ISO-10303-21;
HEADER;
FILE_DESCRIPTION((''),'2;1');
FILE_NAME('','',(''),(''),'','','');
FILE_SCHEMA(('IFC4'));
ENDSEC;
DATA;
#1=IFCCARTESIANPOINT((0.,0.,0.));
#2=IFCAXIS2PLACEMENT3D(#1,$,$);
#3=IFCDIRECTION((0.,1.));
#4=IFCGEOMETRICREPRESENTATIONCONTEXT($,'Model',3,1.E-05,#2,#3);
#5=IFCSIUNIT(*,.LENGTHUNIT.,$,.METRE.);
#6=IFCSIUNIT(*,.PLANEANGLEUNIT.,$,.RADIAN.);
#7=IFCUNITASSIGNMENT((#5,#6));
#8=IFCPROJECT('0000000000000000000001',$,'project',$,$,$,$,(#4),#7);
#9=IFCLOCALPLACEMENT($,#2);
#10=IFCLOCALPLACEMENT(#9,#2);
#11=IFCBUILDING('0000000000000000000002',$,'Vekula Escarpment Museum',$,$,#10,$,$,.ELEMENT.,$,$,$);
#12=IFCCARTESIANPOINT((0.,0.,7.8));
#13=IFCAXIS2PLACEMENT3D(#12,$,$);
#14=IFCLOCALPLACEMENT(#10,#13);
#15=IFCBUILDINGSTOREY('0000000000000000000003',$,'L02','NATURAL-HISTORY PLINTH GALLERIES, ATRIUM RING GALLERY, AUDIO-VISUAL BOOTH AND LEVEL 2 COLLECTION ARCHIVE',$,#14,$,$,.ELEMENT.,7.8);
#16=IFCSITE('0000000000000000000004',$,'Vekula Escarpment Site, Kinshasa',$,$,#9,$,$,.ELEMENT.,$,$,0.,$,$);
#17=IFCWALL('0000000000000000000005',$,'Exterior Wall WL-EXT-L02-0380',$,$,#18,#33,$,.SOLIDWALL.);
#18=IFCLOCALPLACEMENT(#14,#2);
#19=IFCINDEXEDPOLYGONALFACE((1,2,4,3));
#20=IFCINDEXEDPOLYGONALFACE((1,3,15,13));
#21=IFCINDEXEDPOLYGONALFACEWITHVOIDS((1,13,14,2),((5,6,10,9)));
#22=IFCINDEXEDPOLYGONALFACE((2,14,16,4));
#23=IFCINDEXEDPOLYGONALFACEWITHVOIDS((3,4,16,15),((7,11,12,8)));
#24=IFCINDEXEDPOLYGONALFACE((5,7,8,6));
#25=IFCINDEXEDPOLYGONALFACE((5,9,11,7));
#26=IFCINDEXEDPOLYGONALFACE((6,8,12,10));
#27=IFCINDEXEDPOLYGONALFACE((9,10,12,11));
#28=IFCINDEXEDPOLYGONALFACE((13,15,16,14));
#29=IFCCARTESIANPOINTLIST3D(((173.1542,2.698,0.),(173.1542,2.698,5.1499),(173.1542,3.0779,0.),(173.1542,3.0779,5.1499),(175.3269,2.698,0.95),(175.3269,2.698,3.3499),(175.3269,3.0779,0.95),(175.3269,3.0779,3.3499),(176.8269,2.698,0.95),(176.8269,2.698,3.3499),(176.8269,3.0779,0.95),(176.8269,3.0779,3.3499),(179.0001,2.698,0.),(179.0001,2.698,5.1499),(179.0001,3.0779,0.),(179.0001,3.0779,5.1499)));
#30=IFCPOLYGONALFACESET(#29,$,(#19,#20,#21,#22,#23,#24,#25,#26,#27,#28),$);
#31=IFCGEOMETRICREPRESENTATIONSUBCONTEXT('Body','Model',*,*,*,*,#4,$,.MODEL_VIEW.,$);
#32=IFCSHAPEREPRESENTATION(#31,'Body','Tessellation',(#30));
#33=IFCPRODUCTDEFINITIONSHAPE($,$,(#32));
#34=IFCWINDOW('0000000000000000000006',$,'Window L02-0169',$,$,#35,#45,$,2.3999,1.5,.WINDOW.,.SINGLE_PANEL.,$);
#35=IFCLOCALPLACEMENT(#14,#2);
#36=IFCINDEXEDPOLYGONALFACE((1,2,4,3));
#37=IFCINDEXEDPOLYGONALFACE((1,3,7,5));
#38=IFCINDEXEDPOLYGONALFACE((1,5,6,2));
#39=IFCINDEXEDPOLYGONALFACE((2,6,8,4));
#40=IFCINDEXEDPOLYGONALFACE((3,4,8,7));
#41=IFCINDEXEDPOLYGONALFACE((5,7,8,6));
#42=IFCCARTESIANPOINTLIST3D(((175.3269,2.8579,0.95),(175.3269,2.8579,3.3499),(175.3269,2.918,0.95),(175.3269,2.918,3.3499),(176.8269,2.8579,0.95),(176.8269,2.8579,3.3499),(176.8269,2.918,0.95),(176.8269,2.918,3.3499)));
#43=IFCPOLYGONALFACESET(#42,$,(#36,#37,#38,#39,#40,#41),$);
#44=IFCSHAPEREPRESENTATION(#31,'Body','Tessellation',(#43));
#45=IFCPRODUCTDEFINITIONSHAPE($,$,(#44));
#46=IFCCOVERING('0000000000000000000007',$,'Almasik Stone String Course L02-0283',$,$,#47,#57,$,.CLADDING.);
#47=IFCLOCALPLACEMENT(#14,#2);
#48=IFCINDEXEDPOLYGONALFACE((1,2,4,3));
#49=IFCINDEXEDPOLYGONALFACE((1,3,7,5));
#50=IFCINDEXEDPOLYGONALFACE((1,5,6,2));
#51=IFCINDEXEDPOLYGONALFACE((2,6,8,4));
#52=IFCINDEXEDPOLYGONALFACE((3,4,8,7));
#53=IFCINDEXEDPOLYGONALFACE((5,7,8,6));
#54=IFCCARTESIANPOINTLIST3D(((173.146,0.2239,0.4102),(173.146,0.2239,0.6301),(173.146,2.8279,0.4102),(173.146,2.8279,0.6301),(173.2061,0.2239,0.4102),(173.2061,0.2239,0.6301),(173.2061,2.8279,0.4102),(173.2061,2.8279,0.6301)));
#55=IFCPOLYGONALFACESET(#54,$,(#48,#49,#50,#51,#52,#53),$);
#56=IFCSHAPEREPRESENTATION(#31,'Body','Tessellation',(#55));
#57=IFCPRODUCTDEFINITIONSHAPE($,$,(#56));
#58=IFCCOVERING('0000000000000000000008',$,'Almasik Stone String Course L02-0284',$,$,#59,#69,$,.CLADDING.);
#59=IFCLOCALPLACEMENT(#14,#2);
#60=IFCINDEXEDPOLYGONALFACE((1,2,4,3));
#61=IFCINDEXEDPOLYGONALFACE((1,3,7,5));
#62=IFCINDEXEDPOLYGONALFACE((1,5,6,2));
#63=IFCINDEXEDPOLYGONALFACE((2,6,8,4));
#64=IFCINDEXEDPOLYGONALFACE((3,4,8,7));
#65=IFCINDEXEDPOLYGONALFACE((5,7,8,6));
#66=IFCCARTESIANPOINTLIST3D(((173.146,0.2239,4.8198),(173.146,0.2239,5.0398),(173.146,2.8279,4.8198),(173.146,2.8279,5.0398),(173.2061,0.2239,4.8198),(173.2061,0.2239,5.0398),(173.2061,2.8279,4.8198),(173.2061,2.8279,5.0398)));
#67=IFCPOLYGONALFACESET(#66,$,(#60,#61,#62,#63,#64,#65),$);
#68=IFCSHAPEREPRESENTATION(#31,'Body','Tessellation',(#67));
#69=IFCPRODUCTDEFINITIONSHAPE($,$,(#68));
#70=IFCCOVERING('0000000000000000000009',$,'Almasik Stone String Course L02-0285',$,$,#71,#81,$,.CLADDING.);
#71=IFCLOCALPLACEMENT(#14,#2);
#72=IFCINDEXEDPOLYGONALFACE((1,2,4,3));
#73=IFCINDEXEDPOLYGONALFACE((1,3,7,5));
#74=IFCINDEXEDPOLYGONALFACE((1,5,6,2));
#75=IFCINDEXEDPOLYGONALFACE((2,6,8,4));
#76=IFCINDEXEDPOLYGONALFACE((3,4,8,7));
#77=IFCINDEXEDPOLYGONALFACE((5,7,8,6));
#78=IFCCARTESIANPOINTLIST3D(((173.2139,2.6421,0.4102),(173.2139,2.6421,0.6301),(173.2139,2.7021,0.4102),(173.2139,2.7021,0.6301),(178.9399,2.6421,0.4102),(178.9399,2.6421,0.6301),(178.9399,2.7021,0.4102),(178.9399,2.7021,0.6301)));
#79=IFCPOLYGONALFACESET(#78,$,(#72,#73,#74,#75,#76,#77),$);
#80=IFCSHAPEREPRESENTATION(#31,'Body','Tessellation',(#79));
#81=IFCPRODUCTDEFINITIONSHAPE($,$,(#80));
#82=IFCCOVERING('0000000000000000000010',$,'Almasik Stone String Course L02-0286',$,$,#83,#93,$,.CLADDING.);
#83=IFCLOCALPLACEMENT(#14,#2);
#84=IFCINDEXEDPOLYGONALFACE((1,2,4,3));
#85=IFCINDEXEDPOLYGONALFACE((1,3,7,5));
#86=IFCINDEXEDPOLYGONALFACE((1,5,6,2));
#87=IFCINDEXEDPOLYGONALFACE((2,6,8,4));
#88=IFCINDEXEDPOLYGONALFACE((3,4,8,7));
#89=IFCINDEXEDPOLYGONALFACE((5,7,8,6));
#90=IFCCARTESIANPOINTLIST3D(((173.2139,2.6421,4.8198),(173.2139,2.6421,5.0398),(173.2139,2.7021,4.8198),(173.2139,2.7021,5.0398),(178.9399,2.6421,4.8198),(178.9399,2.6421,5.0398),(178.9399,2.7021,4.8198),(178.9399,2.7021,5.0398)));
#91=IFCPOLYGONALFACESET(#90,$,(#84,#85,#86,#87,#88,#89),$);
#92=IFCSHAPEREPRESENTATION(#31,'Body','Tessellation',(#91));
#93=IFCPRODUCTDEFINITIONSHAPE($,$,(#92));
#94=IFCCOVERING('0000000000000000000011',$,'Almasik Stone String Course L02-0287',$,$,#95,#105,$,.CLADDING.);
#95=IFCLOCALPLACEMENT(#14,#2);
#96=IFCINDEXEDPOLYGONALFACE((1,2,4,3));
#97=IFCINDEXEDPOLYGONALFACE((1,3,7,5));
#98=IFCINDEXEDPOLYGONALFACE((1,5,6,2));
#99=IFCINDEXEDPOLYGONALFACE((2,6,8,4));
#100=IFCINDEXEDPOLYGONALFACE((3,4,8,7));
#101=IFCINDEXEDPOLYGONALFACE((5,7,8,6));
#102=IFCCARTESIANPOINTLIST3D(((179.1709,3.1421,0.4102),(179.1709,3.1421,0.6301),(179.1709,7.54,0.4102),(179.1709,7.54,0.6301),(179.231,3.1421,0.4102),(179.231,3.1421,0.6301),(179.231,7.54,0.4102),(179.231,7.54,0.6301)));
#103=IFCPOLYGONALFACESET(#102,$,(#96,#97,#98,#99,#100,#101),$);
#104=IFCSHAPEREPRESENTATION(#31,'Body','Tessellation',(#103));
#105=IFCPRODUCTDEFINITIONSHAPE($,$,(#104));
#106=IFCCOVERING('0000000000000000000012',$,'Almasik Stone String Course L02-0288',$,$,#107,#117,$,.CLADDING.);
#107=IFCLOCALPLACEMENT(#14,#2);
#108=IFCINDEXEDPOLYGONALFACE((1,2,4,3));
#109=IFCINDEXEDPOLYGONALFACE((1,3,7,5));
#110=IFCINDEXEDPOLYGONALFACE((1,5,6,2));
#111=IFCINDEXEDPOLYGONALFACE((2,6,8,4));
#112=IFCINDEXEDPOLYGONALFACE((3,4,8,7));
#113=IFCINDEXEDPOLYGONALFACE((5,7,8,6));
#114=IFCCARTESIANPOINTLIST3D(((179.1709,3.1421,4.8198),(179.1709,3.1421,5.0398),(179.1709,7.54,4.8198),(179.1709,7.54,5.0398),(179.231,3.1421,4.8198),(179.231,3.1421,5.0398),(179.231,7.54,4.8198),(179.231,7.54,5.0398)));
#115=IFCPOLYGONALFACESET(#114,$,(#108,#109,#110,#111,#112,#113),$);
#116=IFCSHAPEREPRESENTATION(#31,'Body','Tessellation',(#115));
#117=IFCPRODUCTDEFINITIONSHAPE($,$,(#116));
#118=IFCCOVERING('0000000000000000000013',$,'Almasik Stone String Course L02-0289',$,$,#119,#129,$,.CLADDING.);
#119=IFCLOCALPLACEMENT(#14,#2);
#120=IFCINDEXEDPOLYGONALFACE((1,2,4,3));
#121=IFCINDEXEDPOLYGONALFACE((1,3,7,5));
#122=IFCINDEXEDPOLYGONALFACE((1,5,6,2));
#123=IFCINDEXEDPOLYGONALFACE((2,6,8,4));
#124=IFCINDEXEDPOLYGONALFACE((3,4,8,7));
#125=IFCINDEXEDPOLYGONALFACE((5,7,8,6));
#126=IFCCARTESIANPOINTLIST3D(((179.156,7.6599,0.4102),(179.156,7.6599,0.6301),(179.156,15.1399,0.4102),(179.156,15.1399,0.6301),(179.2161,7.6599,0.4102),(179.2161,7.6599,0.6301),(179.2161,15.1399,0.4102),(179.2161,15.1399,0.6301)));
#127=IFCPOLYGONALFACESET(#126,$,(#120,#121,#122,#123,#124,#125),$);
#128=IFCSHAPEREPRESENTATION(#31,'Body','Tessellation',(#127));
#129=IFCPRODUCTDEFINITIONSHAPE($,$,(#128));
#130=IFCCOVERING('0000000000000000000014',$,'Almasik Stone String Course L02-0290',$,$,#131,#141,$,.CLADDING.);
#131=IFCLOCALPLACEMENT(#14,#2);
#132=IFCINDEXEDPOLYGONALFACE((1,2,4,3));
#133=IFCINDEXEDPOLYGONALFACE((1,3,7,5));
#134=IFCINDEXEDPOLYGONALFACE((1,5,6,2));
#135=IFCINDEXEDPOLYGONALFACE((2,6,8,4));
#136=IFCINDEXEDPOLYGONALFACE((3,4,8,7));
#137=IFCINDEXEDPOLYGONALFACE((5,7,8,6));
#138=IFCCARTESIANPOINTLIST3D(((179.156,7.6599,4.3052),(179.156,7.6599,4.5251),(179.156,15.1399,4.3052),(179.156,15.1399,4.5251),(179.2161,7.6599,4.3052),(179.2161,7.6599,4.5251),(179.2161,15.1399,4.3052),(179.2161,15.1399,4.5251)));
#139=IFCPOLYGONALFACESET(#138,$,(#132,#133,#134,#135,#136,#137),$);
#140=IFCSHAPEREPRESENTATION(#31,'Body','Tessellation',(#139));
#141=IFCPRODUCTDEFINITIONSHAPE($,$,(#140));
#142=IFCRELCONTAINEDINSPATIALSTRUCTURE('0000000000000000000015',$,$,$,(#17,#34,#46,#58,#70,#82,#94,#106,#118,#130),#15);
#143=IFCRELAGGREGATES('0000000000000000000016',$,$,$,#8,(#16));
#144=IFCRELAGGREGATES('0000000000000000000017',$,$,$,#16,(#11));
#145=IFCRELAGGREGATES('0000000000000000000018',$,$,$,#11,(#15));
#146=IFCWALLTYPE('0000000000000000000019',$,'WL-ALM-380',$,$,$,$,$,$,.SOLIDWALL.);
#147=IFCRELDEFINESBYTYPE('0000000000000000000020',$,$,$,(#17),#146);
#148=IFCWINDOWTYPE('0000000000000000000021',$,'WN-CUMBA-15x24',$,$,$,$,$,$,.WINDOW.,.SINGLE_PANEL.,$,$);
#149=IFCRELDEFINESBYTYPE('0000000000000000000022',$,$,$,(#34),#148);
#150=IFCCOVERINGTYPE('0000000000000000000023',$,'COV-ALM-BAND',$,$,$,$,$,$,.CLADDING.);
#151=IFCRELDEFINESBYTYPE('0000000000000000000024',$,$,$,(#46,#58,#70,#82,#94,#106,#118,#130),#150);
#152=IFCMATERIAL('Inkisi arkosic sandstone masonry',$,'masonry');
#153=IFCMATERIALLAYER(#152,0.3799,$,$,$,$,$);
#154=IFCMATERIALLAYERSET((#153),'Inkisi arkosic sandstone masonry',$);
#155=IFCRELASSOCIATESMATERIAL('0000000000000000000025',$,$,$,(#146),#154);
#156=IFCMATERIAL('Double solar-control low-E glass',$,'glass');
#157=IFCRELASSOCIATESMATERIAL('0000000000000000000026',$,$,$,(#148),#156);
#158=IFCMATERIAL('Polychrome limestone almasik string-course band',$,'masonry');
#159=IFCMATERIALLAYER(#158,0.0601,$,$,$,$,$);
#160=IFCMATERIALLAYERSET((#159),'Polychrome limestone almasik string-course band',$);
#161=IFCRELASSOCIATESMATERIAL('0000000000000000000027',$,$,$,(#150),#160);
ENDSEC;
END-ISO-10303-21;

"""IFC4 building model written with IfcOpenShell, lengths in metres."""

from ifc_helpers import new_model, si_unit, direction, frame, frame_2d, origin, origin_2d, place, context, subcontext, project, spatial, rectangle, extrude, material, layer, layer_set, type_object, element, fill, save


model = new_model("IFC4")

# Units and contexts
model_context = context("Model", 3, precision=1e-05, world=origin(), true_north=direction((0.0, 1.0)))
body_context = subcontext(model_context, "Body", "Model", "MODEL_VIEW")
ifc_project = project(units=[si_unit("LENGTHUNIT", "METRE"), si_unit("PLANEANGLEUNIT", "RADIAN")], contexts=[model_context])

# Site, building, storey
site_placement = place(None, origin())
site = spatial("IfcSite", under=ifc_project, at=site_placement, Name="Vekula Escarpment Site, Kinshasa", CompositionType="ELEMENT", RefElevation=0.0)
building_placement = place(site_placement, origin())
building = spatial("IfcBuilding", under=site, at=building_placement, Name="Vekula Escarpment Museum", CompositionType="ELEMENT")
storey_placement = place(building_placement, frame((0.0, 0.0, 7.8)))
storey = spatial("IfcBuildingStorey", under=building, at=storey_placement, Name="L02", Description="NATURAL-HISTORY PLINTH GALLERIES, ATRIUM RING GALLERY, AUDIO-VISUAL BOOTH AND LEVEL 2 COLLECTION ARCHIVE", CompositionType="ELEMENT", Elevation=7.8)

# Wall, opening, window
ifc_material_1 = material(Name="Inkisi arkosic sandstone masonry", Category="masonry")
ifc_layer_1 = layer(ifc_material_1, 0.3799)
ifc_layer_set_1 = layer_set([ifc_layer_1], Name="Inkisi arkosic sandstone masonry")
wall_type_1 = type_object("IfcWallType", Name="WL-ALM-380", PredefinedType="SOLIDWALL", material=ifc_layer_set_1)
wall_1_placement = place(storey_placement, frame((179.0, 2.8879, 0.0), z_axis=(0.0, 0.0, 1.0), x_axis=(-1.0, 0.0, 0.0)))
wall_1 = element("IfcWall", 1, at=wall_1_placement, inside=storey, type_object=wall_type_1, Name="Exterior Wall WL-EXT-L02-0380", PredefinedType="SOLIDWALL", context=body_context, shape_type="SweptSolid", body=[
    extrude(rectangle(XDim=5.8459, YDim=0.3799, at=frame_2d((2.9229, 0.0))), origin(), (0.0, 0.0, 1.0), 5.1499),
])
opening_1_placement = place(wall_1_placement, frame((2.1731, 0.0, 0.95)))
opening_1 = element("IfcOpeningElement", 2, at=opening_1_placement, cuts=wall_1, PredefinedType="OPENING", context=body_context, shape_type="SweptSolid", body=[
    extrude(rectangle(XDim=1.5, YDim=2.3999, at=frame_2d((0.75, 1.2))), frame((0.0, 0.2, 0.0), z_axis=(0.0, -1.0, 0.0), x_axis=(1.0, 0.0, 0.0)), (0.0, 0.0, 1.0), 0.3999),
])
ifc_material_2 = material(Name="Double solar-control low-E glass", Category="glass")
window_type_1 = type_object("IfcWindowType", Name="WN-CUMBA-15x24", PartitioningType="SINGLE_PANEL", PredefinedType="WINDOW", material=ifc_material_2)
window_1_placement = place(opening_1_placement, origin())
window_1 = element("IfcWindow", 3, at=window_1_placement, inside=storey, type_object=window_type_1, Name="Window L02-0169", OverallHeight=2.3999, OverallWidth=1.5, PartitioningType="SINGLE_PANEL", PredefinedType="WINDOW", context=body_context, shape_type="SweptSolid", body=[
    extrude(rectangle(XDim=1.5, YDim=2.3999, at=frame_2d((0.75, 1.2))), frame((0.0, 0.03, 0.0), z_axis=(0.0, -1.0, 0.0), x_axis=(1.0, 0.0, 0.0)), (0.0, 0.0, 1.0), 0.0601),
])
fill(opening_1, window_1)

# Coverings
ifc_material_3 = material(Name="Polychrome limestone almasik string-course band", Category="masonry")
ifc_layer_2 = layer(ifc_material_3, 0.0601)
ifc_layer_set_2 = layer_set([ifc_layer_2], Name="Polychrome limestone almasik string-course band")
covering_type = type_object("IfcCoveringType", Name="COV-ALM-BAND", PredefinedType="CLADDING", material=ifc_layer_set_2)
for number, where, z_axis, x_axis, name in (
    (4, (173.176, 1.5259, 0.4102), (0.0, 0.0, 1.0), (0.0, 1.0, 0.0), "Almasik Stone String Course L02-0283"),
    (5, (173.176, 1.5259, 4.8198), (0.0, 0.0, 1.0), (0.0, 1.0, 0.0), "Almasik Stone String Course L02-0284"),
):
    element("IfcCovering", number, at=place(storey_placement, frame(where, z_axis=z_axis, x_axis=x_axis)), inside=storey, type_object=covering_type, Name=name, PredefinedType="CLADDING", context=body_context, shape_type="SweptSolid", body=[
        extrude(rectangle(XDim=2.604, YDim=0.0601, at=origin_2d()), origin(), (0.0, 0.0, 1.0), 0.22),
    ])
for number, where, z_axis, x_axis, name in (
    (6, (176.0769, 2.6721, 0.4102), (0.0, 0.0, 1.0), (1.0, 0.0, 0.0), "Almasik Stone String Course L02-0285"),
    (7, (176.0769, 2.6721, 4.8198), (0.0, 0.0, 1.0), (1.0, 0.0, 0.0), "Almasik Stone String Course L02-0286"),
):
    element("IfcCovering", number, at=place(storey_placement, frame(where, z_axis=z_axis, x_axis=x_axis)), inside=storey, type_object=covering_type, Name=name, PredefinedType="CLADDING", context=body_context, shape_type="SweptSolid", body=[
        extrude(rectangle(XDim=5.7261, YDim=0.0601, at=origin_2d()), origin(), (0.0, 0.0, 1.0), 0.22),
    ])
for number, where, z_axis, x_axis, name in (
    (8, (179.2009, 5.3411, 0.4102), (0.0, 0.0, 1.0), (0.0, 1.0, 0.0), "Almasik Stone String Course L02-0287"),
    (9, (179.2009, 5.3411, 4.8198), (0.0, 0.0, 1.0), (0.0, 1.0, 0.0), "Almasik Stone String Course L02-0288"),
):
    element("IfcCovering", number, at=place(storey_placement, frame(where, z_axis=z_axis, x_axis=x_axis)), inside=storey, type_object=covering_type, Name=name, PredefinedType="CLADDING", context=body_context, shape_type="SweptSolid", body=[
        extrude(rectangle(XDim=4.3979, YDim=0.0601, at=origin_2d()), origin(), (0.0, 0.0, 1.0), 0.22),
    ])
for number, where, z_axis, x_axis, name in (
    (10, (179.186, 11.3999, 0.4102), (0.0, 0.0, 1.0), (0.0, 1.0, 0.0), "Almasik Stone String Course L02-0289"),
    (11, (179.186, 11.3999, 4.3052), (0.0, 0.0, 1.0), (0.0, 1.0, 0.0), "Almasik Stone String Course L02-0290"),
):
    element("IfcCovering", number, at=place(storey_placement, frame(where, z_axis=z_axis, x_axis=x_axis)), inside=storey, type_object=covering_type, Name=name, PredefinedType="CLADDING", context=body_context, shape_type="SweptSolid", body=[
        extrude(rectangle(XDim=7.48, YDim=0.0601, at=origin_2d()), origin(), (0.0, 0.0, 1.0), 0.22),
    ])

save(model, "model.ifc")
